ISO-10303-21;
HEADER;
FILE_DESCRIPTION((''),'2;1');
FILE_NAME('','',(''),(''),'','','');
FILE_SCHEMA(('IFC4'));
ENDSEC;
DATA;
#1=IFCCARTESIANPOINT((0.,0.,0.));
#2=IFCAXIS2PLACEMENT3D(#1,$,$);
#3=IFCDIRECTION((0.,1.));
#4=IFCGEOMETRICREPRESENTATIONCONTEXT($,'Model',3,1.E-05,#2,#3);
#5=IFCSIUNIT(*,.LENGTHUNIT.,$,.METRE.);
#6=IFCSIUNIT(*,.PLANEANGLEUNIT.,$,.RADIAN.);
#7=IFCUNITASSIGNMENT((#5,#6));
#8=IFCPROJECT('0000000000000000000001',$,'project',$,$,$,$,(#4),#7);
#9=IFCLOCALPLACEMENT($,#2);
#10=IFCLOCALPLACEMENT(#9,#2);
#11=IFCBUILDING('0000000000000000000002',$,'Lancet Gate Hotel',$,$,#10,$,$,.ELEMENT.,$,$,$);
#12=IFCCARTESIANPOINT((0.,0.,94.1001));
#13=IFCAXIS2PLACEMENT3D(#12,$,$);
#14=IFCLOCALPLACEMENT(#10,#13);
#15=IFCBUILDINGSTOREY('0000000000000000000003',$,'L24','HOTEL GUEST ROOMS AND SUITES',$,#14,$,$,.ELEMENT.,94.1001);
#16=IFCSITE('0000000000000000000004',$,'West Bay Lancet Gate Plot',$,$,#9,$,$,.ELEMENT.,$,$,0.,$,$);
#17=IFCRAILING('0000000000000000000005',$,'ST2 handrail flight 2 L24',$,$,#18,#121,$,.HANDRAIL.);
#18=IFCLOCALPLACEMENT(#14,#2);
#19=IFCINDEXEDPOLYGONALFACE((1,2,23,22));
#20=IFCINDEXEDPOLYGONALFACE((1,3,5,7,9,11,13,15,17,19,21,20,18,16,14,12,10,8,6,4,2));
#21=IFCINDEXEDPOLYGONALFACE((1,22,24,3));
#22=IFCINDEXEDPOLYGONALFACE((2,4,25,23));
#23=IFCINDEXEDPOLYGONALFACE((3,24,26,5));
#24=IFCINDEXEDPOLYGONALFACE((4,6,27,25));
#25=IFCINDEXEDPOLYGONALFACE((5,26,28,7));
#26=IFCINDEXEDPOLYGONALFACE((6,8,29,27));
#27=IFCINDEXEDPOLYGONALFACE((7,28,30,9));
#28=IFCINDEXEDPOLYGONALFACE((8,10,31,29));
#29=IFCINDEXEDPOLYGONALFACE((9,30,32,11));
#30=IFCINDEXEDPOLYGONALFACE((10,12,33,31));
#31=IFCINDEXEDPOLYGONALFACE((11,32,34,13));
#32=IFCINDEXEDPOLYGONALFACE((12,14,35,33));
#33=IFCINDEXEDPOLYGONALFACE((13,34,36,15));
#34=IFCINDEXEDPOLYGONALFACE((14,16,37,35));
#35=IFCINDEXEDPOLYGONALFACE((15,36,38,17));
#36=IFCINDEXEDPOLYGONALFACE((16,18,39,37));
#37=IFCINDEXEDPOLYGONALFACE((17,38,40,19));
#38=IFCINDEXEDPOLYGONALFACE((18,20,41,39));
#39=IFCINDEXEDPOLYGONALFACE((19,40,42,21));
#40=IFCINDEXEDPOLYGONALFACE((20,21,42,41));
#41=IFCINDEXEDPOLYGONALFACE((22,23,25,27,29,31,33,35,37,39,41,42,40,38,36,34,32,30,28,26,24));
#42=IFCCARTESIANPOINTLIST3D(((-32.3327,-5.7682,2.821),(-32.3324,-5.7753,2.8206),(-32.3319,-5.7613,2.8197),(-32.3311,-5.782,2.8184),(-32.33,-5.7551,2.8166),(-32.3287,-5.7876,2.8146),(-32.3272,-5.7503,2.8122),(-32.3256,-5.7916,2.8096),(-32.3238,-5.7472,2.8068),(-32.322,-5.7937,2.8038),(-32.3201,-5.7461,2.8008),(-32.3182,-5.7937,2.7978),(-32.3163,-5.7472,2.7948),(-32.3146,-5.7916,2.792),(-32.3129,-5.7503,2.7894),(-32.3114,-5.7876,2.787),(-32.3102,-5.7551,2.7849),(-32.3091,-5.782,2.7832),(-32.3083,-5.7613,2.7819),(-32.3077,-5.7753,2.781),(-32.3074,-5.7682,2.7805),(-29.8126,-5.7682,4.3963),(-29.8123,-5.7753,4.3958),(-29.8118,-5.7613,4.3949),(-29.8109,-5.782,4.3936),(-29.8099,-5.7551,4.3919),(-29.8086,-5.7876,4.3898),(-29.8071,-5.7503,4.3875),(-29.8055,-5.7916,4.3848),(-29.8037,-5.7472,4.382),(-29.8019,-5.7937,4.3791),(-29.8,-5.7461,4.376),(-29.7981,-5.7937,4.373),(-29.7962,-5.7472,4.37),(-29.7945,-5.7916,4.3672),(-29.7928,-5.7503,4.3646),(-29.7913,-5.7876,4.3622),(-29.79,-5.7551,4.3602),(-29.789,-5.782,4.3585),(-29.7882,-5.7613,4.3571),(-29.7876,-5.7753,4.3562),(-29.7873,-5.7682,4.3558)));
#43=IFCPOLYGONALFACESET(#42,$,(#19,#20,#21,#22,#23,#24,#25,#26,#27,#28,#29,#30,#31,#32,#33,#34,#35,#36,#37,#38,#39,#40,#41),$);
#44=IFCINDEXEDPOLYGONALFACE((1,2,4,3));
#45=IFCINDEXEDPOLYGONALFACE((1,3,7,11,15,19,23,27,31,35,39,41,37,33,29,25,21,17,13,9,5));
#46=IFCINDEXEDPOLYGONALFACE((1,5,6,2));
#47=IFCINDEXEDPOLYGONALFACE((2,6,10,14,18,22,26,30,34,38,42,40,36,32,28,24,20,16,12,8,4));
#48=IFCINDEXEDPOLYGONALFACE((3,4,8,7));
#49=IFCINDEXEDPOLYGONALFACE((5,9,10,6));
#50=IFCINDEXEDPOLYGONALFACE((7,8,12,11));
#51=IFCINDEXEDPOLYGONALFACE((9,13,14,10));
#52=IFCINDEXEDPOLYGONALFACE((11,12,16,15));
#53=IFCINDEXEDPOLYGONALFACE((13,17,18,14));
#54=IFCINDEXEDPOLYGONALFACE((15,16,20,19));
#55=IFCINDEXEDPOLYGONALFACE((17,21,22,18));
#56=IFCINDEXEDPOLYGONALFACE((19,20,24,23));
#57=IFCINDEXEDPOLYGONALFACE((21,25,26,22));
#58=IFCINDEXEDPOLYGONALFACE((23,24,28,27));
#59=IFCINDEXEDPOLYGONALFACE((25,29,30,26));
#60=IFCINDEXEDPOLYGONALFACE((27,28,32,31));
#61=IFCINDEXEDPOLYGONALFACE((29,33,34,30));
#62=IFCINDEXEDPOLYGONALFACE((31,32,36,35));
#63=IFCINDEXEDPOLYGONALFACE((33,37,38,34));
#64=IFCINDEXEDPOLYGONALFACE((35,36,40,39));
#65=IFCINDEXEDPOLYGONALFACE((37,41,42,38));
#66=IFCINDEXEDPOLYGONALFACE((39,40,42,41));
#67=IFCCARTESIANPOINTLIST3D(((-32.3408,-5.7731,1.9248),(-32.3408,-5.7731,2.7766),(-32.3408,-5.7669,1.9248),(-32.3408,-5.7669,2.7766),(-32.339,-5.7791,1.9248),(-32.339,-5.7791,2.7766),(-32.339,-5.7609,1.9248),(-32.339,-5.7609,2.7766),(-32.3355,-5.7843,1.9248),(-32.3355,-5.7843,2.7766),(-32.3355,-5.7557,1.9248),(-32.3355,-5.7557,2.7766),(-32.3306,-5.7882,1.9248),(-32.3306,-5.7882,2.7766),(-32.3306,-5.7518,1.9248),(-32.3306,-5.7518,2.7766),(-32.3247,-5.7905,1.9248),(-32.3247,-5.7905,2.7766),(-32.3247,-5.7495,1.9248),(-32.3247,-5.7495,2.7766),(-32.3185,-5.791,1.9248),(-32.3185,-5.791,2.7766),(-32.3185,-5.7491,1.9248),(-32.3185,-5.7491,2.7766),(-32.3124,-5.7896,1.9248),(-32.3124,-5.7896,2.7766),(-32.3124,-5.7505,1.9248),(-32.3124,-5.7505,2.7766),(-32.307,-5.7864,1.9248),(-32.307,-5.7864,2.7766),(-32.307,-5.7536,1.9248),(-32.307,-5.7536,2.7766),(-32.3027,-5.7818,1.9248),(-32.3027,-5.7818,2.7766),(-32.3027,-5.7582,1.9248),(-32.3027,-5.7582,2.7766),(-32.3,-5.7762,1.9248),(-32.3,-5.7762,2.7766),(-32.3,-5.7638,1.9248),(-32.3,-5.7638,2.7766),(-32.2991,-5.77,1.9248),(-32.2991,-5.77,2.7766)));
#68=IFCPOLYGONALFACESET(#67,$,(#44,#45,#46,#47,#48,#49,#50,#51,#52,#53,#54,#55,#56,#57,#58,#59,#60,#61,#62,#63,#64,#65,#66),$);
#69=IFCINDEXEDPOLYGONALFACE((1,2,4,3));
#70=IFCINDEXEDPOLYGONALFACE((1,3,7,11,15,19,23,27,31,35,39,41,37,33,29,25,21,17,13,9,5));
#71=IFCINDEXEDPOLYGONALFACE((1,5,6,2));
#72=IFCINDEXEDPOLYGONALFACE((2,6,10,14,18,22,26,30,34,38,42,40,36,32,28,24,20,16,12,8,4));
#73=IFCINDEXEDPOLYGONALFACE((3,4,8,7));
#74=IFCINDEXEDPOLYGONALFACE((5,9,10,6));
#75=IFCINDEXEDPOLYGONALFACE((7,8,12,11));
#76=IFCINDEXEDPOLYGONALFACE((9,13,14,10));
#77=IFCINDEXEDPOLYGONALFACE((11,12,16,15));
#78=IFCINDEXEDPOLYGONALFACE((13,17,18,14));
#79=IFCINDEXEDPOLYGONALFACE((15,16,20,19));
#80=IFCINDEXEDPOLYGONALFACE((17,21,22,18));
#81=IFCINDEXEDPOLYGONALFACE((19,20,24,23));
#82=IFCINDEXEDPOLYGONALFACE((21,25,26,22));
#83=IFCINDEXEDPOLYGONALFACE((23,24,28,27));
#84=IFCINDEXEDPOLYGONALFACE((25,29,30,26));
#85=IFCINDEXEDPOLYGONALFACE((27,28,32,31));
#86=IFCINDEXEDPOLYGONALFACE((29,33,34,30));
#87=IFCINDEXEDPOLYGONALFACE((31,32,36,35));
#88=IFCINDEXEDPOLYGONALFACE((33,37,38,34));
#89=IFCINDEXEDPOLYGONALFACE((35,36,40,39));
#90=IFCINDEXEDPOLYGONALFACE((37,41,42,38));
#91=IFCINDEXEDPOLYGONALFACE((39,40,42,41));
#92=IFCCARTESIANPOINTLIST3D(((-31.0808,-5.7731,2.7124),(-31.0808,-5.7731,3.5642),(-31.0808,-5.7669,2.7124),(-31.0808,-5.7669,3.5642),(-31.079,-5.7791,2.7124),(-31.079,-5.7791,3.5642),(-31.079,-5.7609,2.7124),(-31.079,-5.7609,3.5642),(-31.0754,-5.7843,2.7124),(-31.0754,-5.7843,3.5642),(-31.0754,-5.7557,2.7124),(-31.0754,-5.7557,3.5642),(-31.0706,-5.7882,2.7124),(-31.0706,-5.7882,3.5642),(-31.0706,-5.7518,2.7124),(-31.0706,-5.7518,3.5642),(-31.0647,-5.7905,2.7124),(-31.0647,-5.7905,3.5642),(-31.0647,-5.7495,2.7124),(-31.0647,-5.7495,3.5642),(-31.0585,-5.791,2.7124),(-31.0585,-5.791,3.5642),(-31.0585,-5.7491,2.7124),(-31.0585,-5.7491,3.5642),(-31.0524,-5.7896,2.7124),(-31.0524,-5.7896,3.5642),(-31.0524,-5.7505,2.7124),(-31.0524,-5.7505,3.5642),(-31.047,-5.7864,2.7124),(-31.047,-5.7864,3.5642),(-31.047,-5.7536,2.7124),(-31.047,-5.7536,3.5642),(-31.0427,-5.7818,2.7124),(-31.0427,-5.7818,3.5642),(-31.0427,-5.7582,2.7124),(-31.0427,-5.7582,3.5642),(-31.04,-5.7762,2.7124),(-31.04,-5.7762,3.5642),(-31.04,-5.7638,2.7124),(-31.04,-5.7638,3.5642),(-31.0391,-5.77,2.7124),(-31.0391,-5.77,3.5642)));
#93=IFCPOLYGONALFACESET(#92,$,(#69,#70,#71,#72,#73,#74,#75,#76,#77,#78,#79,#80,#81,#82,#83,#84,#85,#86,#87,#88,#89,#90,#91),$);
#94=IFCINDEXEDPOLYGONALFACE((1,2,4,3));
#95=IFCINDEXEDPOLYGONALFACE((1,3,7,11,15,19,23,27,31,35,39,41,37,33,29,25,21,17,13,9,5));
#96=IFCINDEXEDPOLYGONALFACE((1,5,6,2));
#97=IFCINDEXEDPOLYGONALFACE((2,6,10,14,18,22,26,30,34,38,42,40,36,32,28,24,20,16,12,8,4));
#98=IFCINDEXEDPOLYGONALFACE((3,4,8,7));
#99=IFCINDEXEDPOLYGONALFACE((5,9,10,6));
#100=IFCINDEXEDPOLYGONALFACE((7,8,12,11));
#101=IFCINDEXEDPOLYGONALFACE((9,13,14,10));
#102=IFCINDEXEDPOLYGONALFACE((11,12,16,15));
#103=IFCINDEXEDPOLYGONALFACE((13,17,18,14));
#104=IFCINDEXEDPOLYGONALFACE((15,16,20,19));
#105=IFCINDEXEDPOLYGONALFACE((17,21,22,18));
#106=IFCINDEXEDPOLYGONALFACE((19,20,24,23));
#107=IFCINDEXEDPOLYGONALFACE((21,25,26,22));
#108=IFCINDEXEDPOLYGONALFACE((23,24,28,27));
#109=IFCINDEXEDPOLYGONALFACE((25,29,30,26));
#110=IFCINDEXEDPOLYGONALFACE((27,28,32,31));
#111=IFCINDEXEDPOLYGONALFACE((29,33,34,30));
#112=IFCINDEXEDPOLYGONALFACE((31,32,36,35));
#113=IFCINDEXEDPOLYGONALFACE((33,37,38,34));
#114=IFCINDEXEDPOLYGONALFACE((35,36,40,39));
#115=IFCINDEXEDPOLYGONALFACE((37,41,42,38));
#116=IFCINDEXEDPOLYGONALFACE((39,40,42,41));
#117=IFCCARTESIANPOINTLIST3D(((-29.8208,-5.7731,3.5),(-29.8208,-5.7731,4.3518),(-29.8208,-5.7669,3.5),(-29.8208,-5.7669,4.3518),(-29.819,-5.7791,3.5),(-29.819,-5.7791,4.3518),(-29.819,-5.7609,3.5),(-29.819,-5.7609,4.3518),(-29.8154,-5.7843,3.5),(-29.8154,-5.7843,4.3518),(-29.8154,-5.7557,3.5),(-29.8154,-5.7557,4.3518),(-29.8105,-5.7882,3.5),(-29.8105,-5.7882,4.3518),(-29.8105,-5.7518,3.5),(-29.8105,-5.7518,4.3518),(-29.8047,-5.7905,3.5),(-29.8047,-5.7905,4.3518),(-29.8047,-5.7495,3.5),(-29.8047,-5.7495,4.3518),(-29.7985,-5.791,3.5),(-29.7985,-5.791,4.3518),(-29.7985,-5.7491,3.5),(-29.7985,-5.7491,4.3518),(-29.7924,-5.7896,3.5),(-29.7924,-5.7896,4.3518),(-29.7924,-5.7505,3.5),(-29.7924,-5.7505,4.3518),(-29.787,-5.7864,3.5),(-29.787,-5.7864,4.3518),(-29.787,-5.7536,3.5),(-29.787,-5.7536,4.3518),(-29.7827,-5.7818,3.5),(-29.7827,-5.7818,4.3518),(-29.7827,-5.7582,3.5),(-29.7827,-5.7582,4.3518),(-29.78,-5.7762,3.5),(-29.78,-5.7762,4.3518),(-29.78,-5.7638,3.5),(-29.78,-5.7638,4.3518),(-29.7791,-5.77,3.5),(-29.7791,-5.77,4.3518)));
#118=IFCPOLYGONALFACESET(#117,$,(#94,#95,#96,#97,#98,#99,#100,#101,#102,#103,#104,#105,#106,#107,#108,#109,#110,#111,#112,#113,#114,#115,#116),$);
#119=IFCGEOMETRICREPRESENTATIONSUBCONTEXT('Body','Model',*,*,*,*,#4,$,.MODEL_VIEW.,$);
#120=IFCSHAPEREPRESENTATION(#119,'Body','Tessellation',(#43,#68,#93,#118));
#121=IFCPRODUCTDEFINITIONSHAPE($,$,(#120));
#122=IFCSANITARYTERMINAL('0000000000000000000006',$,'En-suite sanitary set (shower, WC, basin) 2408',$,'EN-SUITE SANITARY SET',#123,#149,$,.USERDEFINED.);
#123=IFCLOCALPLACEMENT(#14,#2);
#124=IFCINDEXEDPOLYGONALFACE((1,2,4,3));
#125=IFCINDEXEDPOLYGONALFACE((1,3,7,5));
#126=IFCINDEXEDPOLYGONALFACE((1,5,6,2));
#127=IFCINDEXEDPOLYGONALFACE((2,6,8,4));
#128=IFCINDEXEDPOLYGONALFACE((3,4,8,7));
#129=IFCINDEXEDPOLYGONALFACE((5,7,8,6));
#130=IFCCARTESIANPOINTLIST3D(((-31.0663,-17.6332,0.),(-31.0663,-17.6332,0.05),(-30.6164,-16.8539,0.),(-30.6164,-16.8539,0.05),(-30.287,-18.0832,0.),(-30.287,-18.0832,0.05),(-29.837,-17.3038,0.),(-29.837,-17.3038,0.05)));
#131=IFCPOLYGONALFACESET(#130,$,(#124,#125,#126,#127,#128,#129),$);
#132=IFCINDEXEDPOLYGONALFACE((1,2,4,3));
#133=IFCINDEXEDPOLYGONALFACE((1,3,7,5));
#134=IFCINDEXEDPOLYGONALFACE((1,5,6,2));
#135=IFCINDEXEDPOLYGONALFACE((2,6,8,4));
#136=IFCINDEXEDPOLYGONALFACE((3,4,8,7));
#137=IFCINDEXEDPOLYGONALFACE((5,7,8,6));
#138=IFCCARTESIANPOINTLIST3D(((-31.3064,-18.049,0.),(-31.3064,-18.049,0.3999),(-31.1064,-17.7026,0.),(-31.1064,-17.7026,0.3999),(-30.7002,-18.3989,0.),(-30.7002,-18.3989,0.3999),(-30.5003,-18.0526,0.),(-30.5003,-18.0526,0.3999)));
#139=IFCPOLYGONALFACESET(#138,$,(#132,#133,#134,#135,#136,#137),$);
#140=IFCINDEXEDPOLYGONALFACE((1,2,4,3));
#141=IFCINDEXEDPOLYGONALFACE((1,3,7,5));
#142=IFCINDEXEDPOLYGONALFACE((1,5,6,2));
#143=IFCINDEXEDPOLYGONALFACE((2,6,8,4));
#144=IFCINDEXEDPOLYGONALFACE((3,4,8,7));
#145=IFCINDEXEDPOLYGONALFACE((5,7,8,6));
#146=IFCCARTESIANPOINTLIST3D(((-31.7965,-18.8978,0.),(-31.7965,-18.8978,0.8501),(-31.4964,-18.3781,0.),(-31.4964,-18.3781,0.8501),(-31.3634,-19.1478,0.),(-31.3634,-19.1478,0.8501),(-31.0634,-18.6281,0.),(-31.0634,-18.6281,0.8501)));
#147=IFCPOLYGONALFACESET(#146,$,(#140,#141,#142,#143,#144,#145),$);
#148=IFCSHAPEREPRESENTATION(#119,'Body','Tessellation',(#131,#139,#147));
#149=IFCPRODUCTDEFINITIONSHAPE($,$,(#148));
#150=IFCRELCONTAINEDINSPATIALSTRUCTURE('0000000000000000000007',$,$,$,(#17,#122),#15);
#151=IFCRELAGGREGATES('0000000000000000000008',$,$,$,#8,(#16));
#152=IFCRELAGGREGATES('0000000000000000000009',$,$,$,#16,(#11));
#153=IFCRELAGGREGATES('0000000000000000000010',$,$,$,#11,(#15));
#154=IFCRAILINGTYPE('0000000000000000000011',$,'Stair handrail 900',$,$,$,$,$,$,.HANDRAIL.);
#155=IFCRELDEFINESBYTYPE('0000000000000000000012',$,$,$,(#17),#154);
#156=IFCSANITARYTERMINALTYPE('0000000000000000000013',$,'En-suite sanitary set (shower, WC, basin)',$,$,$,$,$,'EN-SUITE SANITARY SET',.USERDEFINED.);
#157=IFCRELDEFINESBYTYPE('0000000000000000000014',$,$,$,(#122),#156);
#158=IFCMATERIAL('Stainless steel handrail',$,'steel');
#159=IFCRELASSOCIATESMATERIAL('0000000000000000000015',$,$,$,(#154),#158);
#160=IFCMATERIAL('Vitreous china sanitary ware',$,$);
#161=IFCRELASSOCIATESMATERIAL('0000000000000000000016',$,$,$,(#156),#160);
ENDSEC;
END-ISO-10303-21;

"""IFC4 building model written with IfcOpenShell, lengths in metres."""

from ifc_helpers import new_model, si_unit, direction, frame, origin, origin_2d, place, context, subcontext, project, spatial, rectangle, circle, extrude, material, type_object, element, save


model = new_model("IFC4")

# Units and contexts
model_context = context("Model", 3, precision=1e-05, world=origin(), true_north=direction((0.0, 1.0)))
body_context = subcontext(model_context, "Body", "Model", "MODEL_VIEW")
ifc_project = project(units=[si_unit("LENGTHUNIT", "METRE"), si_unit("PLANEANGLEUNIT", "RADIAN")], contexts=[model_context])

# Site, building, storey
site_placement = place(None, origin())
site = spatial("IfcSite", under=ifc_project, at=site_placement, Name="West Bay Lancet Gate Plot", CompositionType="ELEMENT", RefElevation=0.0)
building_placement = place(site_placement, origin())
building = spatial("IfcBuilding", under=site, at=building_placement, Name="Lancet Gate Hotel", CompositionType="ELEMENT")
storey_placement = place(building_placement, frame((0.0, 0.0, 94.1001)))
storey = spatial("IfcBuildingStorey", under=building, at=storey_placement, Name="L24", Description="HOTEL GUEST ROOMS AND SUITES", CompositionType="ELEMENT", Elevation=94.1001)

# Railing
ifc_material_1 = material(Name="Stainless steel handrail", Category="steel")
railing_type = type_object("IfcRailingType", Name="Stair handrail 900", PredefinedType="HANDRAIL", material=ifc_material_1)
railing_1_placement = place(storey_placement, frame((-32.3201, -5.77, 1.9248)))
element("IfcRailing", 1, at=railing_1_placement, inside=storey, type_object=railing_type, Name="ST2 handrail flight 2 L24", PredefinedType="HANDRAIL", context=body_context, shape_type="SweptSolid", body=[
    extrude(circle(Radius=0.0239, at=origin_2d()), frame((0.0, 0.0, 0.876), z_axis=(0.847971, 0.0, 0.530043), x_axis=(0.0, 1.0, 0.0)), (0.0, 0.0, 1.0), 2.9719),
    extrude(circle(Radius=0.021, at=origin_2d()), origin(), (0.0, 0.0, 1.0), 0.8518),
    extrude(circle(Radius=0.021, at=origin_2d()), frame((1.26, 0.0, 0.7876)), (0.0, 0.0, 1.0), 0.8518),
    extrude(circle(Radius=0.021, at=origin_2d()), frame((2.52, 0.0, 1.5752)), (0.0, 0.0, 1.0), 0.8518),
])

# Sanitary terminal
ifc_material_2 = material(Name="Vitreous china sanitary ware")
sanitary_terminal_type = type_object("IfcSanitaryTerminalType", Name="En-suite sanitary set (shower, WC, basin)", ElementType="EN-SUITE SANITARY SET", PredefinedType="USERDEFINED", material=ifc_material_2)
sanitary_terminal_placement = place(storey_placement, frame((-30.4517, -17.4685, 0.0), z_axis=(0.0, 0.0, 1.0), x_axis=(1.0, 0.0, 0.0)))
element("IfcSanitaryTerminal", 2, at=sanitary_terminal_placement, inside=storey, type_object=sanitary_terminal_type, Name="En-suite sanitary set (shower, WC, basin) 2408", ObjectType="EN-SUITE SANITARY SET", PredefinedType="USERDEFINED", context=body_context, shape_type="SweptSolid", body=[
    extrude(rectangle(XDim=0.8999, YDim=0.8999, at=origin_2d()), frame((0.0, 0.0, 0.0), z_axis=(0.0, 0.0, 1.0), x_axis=(0.5, 0.866025, 0.0)), (0.0, 0.0, 1.0), 0.05),
    extrude(rectangle(XDim=0.3999, YDim=0.7, at=origin_2d()), frame((-0.4517, -0.5823, 0.0), z_axis=(0.0, 0.0, 1.0), x_axis=(0.5, 0.866025, 0.0)), (0.0, 0.0, 1.0), 0.3999),
    extrude(rectangle(XDim=0.6001, YDim=0.5, at=origin_2d()), frame((-0.9783, -1.2944, 0.0), z_axis=(0.0, 0.0, 1.0), x_axis=(0.5, 0.866025, 0.0)), (0.0, 0.0, 1.0), 0.8501),
])

save(model, "model.ifc")
